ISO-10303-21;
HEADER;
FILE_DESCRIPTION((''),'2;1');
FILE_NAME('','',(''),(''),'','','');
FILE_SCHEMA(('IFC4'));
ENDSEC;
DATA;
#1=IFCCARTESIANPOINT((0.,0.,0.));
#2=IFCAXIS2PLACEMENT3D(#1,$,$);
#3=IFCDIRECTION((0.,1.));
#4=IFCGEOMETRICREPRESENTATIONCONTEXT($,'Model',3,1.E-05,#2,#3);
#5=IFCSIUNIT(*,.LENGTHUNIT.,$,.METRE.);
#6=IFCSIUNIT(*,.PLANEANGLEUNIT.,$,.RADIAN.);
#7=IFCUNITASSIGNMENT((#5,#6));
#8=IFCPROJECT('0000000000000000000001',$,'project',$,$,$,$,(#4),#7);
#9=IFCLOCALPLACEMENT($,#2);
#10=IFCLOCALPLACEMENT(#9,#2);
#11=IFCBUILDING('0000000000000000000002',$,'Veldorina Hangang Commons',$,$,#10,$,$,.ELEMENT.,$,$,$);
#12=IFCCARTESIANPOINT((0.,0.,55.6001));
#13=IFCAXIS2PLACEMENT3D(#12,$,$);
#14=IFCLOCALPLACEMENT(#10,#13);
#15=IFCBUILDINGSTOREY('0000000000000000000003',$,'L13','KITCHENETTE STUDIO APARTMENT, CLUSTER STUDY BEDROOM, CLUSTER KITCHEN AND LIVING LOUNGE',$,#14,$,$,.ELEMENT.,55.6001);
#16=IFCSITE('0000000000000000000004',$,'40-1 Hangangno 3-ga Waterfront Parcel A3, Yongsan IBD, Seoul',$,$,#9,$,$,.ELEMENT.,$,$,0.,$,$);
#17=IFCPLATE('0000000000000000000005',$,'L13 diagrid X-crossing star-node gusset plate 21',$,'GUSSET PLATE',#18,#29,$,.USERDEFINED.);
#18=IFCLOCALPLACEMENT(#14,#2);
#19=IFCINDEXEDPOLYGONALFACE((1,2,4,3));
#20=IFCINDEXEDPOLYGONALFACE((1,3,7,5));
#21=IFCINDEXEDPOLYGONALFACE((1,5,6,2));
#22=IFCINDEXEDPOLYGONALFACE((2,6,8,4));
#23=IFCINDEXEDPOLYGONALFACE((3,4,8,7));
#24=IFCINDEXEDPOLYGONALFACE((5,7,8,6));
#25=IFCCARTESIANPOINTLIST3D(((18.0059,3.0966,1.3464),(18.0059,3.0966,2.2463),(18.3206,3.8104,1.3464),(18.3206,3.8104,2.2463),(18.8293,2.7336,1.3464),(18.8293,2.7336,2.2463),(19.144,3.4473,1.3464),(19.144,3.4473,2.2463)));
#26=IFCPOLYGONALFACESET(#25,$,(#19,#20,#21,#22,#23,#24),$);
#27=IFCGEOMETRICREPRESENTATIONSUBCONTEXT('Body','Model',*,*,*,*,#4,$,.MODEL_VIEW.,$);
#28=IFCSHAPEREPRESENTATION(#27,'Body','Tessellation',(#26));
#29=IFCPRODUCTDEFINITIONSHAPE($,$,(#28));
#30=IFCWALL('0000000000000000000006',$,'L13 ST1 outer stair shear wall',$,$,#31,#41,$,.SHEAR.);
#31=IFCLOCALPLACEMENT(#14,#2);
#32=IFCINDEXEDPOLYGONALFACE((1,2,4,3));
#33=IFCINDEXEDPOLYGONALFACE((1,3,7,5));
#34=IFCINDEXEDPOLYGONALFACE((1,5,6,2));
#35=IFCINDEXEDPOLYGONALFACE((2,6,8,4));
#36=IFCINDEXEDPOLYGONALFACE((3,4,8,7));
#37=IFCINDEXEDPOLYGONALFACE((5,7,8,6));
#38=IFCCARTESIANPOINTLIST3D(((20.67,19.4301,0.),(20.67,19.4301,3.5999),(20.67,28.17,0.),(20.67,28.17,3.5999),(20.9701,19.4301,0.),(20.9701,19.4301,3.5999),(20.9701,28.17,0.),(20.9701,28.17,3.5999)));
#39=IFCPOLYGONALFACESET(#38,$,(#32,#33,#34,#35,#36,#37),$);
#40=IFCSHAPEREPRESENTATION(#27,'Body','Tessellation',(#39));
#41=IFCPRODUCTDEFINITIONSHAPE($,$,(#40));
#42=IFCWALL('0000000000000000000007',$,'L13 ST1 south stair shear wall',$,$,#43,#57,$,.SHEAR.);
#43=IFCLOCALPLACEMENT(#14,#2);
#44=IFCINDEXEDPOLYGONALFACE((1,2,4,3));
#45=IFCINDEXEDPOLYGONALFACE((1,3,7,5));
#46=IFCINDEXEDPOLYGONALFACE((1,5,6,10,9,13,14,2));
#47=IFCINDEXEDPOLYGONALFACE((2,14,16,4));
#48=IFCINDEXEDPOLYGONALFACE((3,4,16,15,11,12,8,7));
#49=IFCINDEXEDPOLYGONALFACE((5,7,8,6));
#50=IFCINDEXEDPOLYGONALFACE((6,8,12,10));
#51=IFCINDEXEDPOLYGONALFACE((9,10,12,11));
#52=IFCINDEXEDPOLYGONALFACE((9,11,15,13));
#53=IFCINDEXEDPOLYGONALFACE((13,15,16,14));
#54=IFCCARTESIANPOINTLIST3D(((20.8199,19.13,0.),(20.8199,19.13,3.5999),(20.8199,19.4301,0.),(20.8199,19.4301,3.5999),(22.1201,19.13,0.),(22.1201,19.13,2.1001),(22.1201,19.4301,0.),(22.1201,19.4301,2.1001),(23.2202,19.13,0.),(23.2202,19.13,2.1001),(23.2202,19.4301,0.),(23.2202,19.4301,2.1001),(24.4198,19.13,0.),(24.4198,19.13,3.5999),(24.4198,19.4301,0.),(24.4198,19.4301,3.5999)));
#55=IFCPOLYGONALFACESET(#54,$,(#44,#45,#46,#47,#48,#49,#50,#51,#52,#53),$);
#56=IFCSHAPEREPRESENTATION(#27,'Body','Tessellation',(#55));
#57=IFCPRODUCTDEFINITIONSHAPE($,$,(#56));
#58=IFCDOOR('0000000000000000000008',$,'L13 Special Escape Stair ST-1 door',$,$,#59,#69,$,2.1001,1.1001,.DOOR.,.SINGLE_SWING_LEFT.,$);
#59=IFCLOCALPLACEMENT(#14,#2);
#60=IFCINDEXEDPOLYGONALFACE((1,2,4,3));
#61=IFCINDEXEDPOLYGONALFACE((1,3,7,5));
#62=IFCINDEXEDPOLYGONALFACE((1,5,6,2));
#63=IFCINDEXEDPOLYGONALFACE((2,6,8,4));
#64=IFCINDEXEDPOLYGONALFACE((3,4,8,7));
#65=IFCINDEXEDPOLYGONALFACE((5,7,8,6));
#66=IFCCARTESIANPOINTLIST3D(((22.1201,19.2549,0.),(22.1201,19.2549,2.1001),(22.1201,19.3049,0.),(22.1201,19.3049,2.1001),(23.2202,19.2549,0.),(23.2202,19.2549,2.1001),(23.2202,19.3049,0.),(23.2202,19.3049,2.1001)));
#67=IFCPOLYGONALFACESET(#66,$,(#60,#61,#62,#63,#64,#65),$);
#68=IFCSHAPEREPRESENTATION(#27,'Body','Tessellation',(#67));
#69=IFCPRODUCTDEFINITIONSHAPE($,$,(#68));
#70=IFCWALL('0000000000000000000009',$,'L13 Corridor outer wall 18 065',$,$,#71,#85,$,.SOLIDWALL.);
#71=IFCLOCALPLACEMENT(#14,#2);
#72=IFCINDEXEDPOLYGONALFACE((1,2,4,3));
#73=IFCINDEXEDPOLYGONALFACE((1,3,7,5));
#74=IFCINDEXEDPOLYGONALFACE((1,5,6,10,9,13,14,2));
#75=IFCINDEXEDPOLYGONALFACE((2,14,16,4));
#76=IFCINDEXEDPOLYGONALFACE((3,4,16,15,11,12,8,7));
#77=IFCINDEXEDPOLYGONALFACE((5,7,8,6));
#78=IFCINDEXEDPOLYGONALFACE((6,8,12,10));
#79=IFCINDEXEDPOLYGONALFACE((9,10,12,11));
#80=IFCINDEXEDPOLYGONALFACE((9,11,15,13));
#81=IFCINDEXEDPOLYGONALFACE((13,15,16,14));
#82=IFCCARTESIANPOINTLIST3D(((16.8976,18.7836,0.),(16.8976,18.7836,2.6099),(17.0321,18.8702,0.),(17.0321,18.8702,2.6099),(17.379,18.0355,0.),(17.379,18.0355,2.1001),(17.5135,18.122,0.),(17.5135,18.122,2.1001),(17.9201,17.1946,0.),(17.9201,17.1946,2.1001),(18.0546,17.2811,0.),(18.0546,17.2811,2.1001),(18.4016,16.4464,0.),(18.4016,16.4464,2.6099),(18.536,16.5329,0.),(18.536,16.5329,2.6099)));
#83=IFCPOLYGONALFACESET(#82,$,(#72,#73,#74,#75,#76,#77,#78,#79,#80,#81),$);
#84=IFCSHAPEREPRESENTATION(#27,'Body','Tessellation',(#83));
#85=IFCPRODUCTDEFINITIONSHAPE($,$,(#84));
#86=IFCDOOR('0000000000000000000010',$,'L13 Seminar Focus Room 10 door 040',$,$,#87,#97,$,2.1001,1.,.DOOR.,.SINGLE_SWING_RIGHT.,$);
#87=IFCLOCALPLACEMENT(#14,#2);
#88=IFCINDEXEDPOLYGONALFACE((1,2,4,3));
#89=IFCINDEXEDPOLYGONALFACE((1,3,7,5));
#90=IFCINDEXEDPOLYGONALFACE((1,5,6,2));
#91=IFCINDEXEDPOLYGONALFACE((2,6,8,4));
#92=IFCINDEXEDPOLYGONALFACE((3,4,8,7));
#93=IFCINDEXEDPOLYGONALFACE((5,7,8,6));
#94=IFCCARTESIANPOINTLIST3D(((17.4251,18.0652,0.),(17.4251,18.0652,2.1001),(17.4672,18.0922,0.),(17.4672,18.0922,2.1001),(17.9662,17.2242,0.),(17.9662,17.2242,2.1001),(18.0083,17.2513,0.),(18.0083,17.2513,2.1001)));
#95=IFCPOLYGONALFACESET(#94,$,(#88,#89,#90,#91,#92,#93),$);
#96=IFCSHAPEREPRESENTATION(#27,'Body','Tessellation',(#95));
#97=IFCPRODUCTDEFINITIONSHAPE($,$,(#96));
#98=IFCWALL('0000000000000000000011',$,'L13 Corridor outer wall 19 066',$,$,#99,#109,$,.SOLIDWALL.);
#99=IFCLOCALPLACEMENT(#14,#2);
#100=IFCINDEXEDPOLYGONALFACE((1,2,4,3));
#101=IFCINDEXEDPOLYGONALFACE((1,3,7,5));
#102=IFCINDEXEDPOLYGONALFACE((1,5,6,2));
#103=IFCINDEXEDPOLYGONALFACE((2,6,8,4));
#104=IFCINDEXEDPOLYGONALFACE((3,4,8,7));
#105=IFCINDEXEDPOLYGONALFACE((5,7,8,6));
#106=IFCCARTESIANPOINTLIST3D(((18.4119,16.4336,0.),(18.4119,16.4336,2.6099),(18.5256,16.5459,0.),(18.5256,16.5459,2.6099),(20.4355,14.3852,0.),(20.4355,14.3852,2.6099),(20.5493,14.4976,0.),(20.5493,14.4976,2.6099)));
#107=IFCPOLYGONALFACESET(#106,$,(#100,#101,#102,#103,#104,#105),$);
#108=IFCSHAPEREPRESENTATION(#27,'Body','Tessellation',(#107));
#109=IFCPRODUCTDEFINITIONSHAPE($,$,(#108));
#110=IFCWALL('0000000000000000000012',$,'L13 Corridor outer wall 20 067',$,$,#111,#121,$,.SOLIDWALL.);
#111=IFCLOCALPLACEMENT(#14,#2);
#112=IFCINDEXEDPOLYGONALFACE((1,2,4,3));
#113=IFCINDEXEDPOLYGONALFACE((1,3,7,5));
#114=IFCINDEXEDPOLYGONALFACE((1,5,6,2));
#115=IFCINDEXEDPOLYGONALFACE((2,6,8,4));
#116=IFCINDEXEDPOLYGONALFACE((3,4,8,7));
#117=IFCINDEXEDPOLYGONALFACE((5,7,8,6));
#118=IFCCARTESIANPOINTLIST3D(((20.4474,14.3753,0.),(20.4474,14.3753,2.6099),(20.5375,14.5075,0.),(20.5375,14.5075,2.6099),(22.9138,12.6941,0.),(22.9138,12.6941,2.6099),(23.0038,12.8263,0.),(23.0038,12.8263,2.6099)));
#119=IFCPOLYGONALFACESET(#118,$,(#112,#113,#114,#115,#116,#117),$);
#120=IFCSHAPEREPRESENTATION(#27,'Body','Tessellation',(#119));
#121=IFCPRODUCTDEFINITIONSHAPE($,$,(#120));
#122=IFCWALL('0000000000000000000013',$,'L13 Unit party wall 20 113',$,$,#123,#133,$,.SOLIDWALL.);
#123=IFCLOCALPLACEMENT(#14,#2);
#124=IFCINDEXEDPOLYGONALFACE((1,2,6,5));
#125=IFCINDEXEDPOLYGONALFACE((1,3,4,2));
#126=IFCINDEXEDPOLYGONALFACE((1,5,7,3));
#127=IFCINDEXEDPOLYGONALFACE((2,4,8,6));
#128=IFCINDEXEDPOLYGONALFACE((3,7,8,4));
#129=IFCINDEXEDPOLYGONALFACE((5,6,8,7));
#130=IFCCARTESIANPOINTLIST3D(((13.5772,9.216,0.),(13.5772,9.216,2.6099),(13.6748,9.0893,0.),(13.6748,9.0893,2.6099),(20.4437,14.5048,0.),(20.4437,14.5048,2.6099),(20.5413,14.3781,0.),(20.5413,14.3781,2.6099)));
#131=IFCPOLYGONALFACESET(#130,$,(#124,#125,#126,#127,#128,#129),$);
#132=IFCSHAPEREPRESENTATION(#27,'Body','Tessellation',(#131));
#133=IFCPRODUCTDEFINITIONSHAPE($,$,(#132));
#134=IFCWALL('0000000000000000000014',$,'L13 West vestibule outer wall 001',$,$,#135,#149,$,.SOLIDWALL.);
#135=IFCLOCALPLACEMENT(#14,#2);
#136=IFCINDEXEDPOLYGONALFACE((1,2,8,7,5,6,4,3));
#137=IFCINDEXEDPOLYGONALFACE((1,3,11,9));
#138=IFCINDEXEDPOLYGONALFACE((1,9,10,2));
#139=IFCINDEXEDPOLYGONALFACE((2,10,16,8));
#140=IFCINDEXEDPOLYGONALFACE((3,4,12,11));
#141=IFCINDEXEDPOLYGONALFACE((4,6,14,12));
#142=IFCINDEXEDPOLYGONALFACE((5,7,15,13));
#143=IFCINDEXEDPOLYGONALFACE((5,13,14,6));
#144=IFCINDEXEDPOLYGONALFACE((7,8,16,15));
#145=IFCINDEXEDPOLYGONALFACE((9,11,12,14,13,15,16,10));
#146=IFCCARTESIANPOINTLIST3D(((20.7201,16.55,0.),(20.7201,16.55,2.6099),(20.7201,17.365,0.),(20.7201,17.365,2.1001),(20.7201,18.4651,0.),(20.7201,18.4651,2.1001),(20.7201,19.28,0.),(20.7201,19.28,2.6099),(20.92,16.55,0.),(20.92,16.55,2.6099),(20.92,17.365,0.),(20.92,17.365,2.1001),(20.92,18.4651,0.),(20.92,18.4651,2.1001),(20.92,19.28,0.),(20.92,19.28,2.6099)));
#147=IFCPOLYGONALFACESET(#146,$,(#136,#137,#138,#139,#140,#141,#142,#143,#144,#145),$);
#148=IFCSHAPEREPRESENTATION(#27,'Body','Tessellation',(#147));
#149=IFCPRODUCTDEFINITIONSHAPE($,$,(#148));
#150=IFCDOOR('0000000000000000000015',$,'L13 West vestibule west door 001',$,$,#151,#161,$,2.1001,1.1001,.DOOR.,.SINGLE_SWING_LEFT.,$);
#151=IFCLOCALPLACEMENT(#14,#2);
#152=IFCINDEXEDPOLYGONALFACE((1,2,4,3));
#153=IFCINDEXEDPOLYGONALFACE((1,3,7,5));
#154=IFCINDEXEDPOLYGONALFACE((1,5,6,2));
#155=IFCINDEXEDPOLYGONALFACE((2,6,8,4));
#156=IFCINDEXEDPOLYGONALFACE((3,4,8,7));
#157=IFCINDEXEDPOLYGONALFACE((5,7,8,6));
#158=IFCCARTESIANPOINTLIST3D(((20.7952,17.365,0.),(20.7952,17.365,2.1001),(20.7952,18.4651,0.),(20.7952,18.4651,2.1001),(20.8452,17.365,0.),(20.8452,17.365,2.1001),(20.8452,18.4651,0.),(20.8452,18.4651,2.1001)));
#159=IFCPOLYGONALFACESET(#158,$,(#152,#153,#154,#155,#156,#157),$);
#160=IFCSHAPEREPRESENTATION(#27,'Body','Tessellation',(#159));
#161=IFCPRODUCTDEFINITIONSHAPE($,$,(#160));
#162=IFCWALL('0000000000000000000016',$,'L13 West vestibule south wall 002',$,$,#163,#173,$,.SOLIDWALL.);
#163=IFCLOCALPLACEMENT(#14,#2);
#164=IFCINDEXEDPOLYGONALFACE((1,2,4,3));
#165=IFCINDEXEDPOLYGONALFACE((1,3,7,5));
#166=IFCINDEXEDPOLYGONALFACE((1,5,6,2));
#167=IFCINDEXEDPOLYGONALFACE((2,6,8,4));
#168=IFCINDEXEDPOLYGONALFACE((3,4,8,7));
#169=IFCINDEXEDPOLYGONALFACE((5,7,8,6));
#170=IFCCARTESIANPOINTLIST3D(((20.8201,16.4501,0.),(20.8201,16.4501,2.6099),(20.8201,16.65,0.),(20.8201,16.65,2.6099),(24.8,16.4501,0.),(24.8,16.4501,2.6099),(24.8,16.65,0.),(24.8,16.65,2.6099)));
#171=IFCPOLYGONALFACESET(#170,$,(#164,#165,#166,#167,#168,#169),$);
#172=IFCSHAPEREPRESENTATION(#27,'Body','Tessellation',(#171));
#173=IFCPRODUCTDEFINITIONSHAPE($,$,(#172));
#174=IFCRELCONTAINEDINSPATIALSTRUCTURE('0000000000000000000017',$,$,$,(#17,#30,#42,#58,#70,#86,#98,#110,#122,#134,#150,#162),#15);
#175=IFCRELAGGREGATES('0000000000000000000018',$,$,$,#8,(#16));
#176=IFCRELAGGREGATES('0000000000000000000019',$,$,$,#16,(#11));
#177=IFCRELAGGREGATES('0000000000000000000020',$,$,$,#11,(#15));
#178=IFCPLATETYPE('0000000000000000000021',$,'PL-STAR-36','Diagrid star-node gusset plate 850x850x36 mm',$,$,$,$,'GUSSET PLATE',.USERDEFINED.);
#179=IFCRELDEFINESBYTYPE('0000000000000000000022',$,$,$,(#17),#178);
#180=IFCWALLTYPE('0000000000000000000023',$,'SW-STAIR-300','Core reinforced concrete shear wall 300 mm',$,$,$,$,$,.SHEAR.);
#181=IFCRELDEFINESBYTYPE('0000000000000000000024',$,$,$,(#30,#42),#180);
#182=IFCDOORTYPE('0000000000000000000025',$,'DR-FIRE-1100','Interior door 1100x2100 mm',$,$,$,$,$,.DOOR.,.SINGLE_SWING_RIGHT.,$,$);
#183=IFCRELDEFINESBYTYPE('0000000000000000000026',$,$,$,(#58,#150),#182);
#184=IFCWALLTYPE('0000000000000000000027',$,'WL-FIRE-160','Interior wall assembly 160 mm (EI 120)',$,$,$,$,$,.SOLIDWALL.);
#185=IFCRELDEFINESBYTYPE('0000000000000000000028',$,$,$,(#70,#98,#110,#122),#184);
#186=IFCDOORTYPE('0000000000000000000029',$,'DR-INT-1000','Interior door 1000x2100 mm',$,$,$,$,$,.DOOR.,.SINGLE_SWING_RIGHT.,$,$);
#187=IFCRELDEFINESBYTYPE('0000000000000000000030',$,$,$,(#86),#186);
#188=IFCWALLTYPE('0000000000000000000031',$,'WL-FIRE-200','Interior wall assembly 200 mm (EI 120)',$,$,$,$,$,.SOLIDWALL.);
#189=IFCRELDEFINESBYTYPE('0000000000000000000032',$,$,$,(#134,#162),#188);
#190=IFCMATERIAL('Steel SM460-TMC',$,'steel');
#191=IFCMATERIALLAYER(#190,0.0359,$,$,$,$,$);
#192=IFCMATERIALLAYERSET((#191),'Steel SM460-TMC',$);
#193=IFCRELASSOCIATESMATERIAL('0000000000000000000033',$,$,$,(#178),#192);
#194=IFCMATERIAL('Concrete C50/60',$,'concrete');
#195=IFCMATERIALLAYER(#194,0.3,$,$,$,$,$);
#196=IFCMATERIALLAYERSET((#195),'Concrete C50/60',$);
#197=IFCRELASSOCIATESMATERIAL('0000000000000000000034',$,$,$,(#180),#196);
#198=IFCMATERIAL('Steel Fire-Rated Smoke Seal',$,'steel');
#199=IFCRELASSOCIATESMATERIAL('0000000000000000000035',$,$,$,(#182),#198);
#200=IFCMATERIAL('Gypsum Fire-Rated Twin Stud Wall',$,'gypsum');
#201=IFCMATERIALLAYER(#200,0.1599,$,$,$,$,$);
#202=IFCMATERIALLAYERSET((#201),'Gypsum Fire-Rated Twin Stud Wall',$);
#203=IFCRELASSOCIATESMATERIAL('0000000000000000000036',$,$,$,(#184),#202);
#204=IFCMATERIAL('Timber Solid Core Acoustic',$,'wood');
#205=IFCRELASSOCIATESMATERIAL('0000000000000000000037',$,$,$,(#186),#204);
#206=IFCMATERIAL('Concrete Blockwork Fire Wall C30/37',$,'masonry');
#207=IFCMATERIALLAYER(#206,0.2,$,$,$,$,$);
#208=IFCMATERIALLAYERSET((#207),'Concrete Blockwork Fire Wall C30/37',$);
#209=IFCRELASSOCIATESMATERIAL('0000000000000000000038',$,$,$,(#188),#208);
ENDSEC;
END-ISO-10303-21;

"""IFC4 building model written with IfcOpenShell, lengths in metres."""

from ifc_helpers import new_model, si_unit, direction, frame, frame_2d, origin, origin_2d, place, context, subcontext, project, spatial, rectangle, extrude, material, layer, layer_set, type_object, element, fill, save


model = new_model("IFC4")

# Units and contexts
model_context = context("Model", 3, precision=1e-05, world=origin(), true_north=direction((0.0, 1.0)))
body_context = subcontext(model_context, "Body", "Model", "MODEL_VIEW")
ifc_project = project(units=[si_unit("LENGTHUNIT", "METRE"), si_unit("PLANEANGLEUNIT", "RADIAN")], contexts=[model_context])

# Site, building, storey
site_placement = place(None, origin())
site = spatial("IfcSite", under=ifc_project, at=site_placement, Name="40-1 Hangangno 3-ga Waterfront Parcel A3, Yongsan IBD, Seoul", CompositionType="ELEMENT", RefElevation=0.0)
building_placement = place(site_placement, origin())
building = spatial("IfcBuilding", under=site, at=building_placement, Name="Veldorina Hangang Commons", CompositionType="ELEMENT")
storey_placement = place(building_placement, frame((0.0, 0.0, 55.6001)))
storey = spatial("IfcBuildingStorey", under=building, at=storey_placement, Name="L13", Description="KITCHENETTE STUDIO APARTMENT, CLUSTER STUDY BEDROOM, CLUSTER KITCHEN AND LIVING LOUNGE", CompositionType="ELEMENT", Elevation=55.6001)

# Shared definitions
ifc_material_1 = material(Name="Steel SM460-TMC", Category="steel")

# Plate
ifc_layer_1 = layer(ifc_material_1, 0.0359)
ifc_layer_set_1 = layer_set([ifc_layer_1], Name="Steel SM460-TMC")
plate_type_1 = type_object("IfcPlateType", Name="PL-STAR-36", Description="Diagrid star-node gusset plate 850x850x36 mm", ElementType="GUSSET PLATE", PredefinedType="USERDEFINED", material=ifc_layer_set_1)
plate_1_placement = place(storey_placement, frame((18.575, 3.272, 1.3464), z_axis=(0.0, 0.0, 1.0), x_axis=(0.915002, -0.403449, 0.0)))
element("IfcPlate", 1, at=plate_1_placement, inside=storey, type_object=plate_type_1, Name="L13 diagrid X-crossing star-node gusset plate 21", ObjectType="GUSSET PLATE", PredefinedType="USERDEFINED", context=body_context, shape_type="SweptSolid", body=[
    extrude(rectangle(XDim=0.8999, YDim=0.78, at=origin_2d()), origin(), (0.0, 0.0, 1.0), 0.8999),
])

# Wall
ifc_material_2 = material(Name="Concrete C50/60", Category="concrete")
ifc_layer_2 = layer(ifc_material_2, 0.3)
ifc_layer_set_2 = layer_set([ifc_layer_2], Name="Concrete C50/60")
wall_type_1 = type_object("IfcWallType", Name="SW-STAIR-300", Description="Core reinforced concrete shear wall 300 mm", PredefinedType="SHEAR", material=ifc_layer_set_2)
wall_1_placement = place(storey_placement, frame((20.8201, 19.4299, 0.0), z_axis=(0.0, 0.0, 1.0), x_axis=(0.0, 1.0, 0.0)))
element("IfcWall", 2, at=wall_1_placement, inside=storey, type_object=wall_type_1, Name="L13 ST1 outer stair shear wall", PredefinedType="SHEAR", context=body_context, shape_type="SweptSolid", body=[
    extrude(rectangle(XDim=8.74, YDim=0.3, at=frame_2d((4.3701, 0.0))), origin(), (0.0, 0.0, 1.0), 3.5999),
])

# Walls, openings, doors
wall_2_placement = place(storey_placement, frame((20.8201, 19.28, 0.0), z_axis=(0.0, 0.0, 1.0), x_axis=(1.0, 0.0, 0.0)))
wall_2 = element("IfcWall", 3, at=wall_2_placement, inside=storey, type_object=wall_type_1, Name="L13 ST1 south stair shear wall", PredefinedType="SHEAR", context=body_context, shape_type="SweptSolid", body=[
    extrude(rectangle(XDim=3.5999, YDim=0.3, at=frame_2d((1.7998, 0.0))), origin(), (0.0, 0.0, 1.0), 3.5999),
])
opening_1_placement = place(wall_2_placement, frame((1.3, 0.0, 0.0)))
opening_1 = element("IfcOpeningElement", 4, at=opening_1_placement, cuts=wall_2, PredefinedType="OPENING", context=body_context, shape_type="SweptSolid", body=[
    extrude(rectangle(XDim=1.1001, YDim=2.1001, at=frame_2d((0.55, 1.05))), frame((0.0, 0.1602, 0.0), z_axis=(0.0, -1.0, 0.0), x_axis=(1.0, 0.0, 0.0)), (0.0, 0.0, 1.0), 0.3201),
])
ifc_material_3 = material(Name="Steel Fire-Rated Smoke Seal", Category="steel")
door_type_1 = type_object("IfcDoorType", Name="DR-FIRE-1100", Description="Interior door 1100x2100 mm", OperationType="SINGLE_SWING_RIGHT", PredefinedType="DOOR", material=ifc_material_3)
door_1_placement = place(opening_1_placement, origin())
door_1 = element("IfcDoor", 5, at=door_1_placement, inside=storey, type_object=door_type_1, Name="L13 Special Escape Stair ST-1 door", OperationType="SINGLE_SWING_LEFT", OverallHeight=2.1001, OverallWidth=1.1001, PredefinedType="DOOR", context=body_context, shape_type="SweptSolid", body=[
    extrude(rectangle(XDim=1.1001, YDim=2.1001, at=frame_2d((0.55, 1.05))), frame((0.0, 0.0249, 0.0), z_axis=(0.0, -1.0, 0.0), x_axis=(1.0, 0.0, 0.0)), (0.0, 0.0, 1.0), 0.05),
])
fill(opening_1, door_1)
ifc_material_4 = material(Name="Gypsum Fire-Rated Twin Stud Wall", Category="gypsum")
ifc_layer_3 = layer(ifc_material_4, 0.1599)
ifc_layer_set_3 = layer_set([ifc_layer_3], Name="Gypsum Fire-Rated Twin Stud Wall")
wall_type_2 = type_object("IfcWallType", Name="WL-FIRE-160", Description="Interior wall assembly 160 mm (EI 120)", PredefinedType="SOLIDWALL", material=ifc_layer_set_3)
wall_3_placement = place(storey_placement, frame((16.9648, 18.8269, 0.0), z_axis=(0.0, 0.0, 1.0), x_axis=(0.541126, -0.840941, 0.0)))
wall_3 = element("IfcWall", 6, at=wall_3_placement, inside=storey, type_object=wall_type_2, Name="L13 Corridor outer wall 18 065", PredefinedType="SOLIDWALL", context=body_context, shape_type="SweptSolid", body=[
    extrude(rectangle(XDim=2.7793, YDim=0.1599, at=frame_2d((1.3896, 0.0))), origin(), (0.0, 0.0, 1.0), 2.6099),
])
opening_2_placement = place(wall_3_placement, frame((0.8896, 0.0, 0.0)))
opening_2 = element("IfcOpeningElement", 7, at=opening_2_placement, cuts=wall_3, PredefinedType="OPENING", context=body_context, shape_type="SweptSolid", body=[
    extrude(rectangle(XDim=1.0, YDim=2.1001, at=frame_2d((0.5, 1.05))), frame((0.0, 0.0898, 0.0), z_axis=(0.0, -1.0, 0.0), x_axis=(1.0, 0.0, 0.0)), (0.0, 0.0, 1.0), 0.1799),
])
ifc_material_5 = material(Name="Timber Solid Core Acoustic", Category="wood")
door_type_2 = type_object("IfcDoorType", Name="DR-INT-1000", Description="Interior door 1000x2100 mm", OperationType="SINGLE_SWING_RIGHT", PredefinedType="DOOR", material=ifc_material_5)
door_2_placement = place(opening_2_placement, origin())
door_2 = element("IfcDoor", 8, at=door_2_placement, inside=storey, type_object=door_type_2, Name="L13 Seminar Focus Room 10 door 040", OperationType="SINGLE_SWING_RIGHT", OverallHeight=2.1001, OverallWidth=1.0, PredefinedType="DOOR", context=body_context, shape_type="SweptSolid", body=[
    extrude(rectangle(XDim=1.0, YDim=2.1001, at=frame_2d((0.5, 1.05))), frame((0.0, 0.0249, 0.0), z_axis=(0.0, -1.0, 0.0), x_axis=(1.0, 0.0, 0.0)), (0.0, 0.0, 1.0), 0.05),
])
fill(opening_2, door_2)

# Walls
wall_4_placement = place(storey_placement, frame((18.4688, 16.4897, 0.0), z_axis=(0.0, 0.0, 1.0), x_axis=(0.702812, -0.711376, 0.0)))
element("IfcWall", 9, at=wall_4_placement, inside=storey, type_object=wall_type_2, Name="L13 Corridor outer wall 19 066", PredefinedType="SOLIDWALL", context=body_context, shape_type="SweptSolid", body=[
    extrude(rectangle(XDim=2.8794, YDim=0.1599, at=frame_2d((1.4397, 0.0))), origin(), (0.0, 0.0, 1.0), 2.6099),
])
wall_5_placement = place(storey_placement, frame((20.4924, 14.4414, 0.0), z_axis=(0.0, 0.0, 1.0), x_axis=(0.826293, -0.56324, 0.0)))
element("IfcWall", 10, at=wall_5_placement, inside=storey, type_object=wall_type_2, Name="L13 Corridor outer wall 20 067", PredefinedType="SOLIDWALL", context=body_context, shape_type="SweptSolid", body=[
    extrude(rectangle(XDim=2.9849, YDim=0.1599, at=frame_2d((1.4924, 0.0))), origin(), (0.0, 0.0, 1.0), 2.6099),
])
wall_6_placement = place(storey_placement, frame((20.4924, 14.4414, 0.0), z_axis=(0.0, 0.0, 1.0), x_axis=(-0.792237, -0.610213, 0.0)))
element("IfcWall", 11, at=wall_6_placement, inside=storey, type_object=wall_type_2, Name="L13 Unit party wall 20 113", PredefinedType="SOLIDWALL", context=body_context, shape_type="SweptSolid", body=[
    extrude(rectangle(XDim=8.6672, YDim=0.1599, at=frame_2d((4.3335, 0.0))), origin(), (0.0, 0.0, 1.0), 2.6099),
])

# Wall, opening, door
ifc_material_6 = material(Name="Concrete Blockwork Fire Wall C30/37", Category="masonry")
ifc_layer_4 = layer(ifc_material_6, 0.2)
ifc_layer_set_4 = layer_set([ifc_layer_4], Name="Concrete Blockwork Fire Wall C30/37")
wall_type_3 = type_object("IfcWallType", Name="WL-FIRE-200", Description="Interior wall assembly 200 mm (EI 120)", PredefinedType="SOLIDWALL", material=ifc_layer_set_4)
wall_7_placement = place(storey_placement, frame((20.8201, 16.55, 0.0), z_axis=(0.0, 0.0, 1.0), x_axis=(0.0, 1.0, 0.0)))
wall_7 = element("IfcWall", 12, at=wall_7_placement, inside=storey, type_object=wall_type_3, Name="L13 West vestibule outer wall 001", PredefinedType="SOLIDWALL", context=body_context, shape_type="SweptSolid", body=[
    extrude(rectangle(XDim=2.73, YDim=0.2, at=frame_2d((1.365, 0.0))), origin(), (0.0, 0.0, 1.0), 2.6099),
])
opening_3_placement = place(wall_7_placement, frame((0.8149, 0.0, 0.0)))
opening_3 = element("IfcOpeningElement", 13, at=opening_3_placement, cuts=wall_7, PredefinedType="OPENING", context=body_context, shape_type="SweptSolid", body=[
    extrude(rectangle(XDim=1.1001, YDim=2.1001, at=frame_2d((0.55, 1.05))), frame((0.0, 0.1099, 0.0), z_axis=(0.0, -1.0, 0.0), x_axis=(1.0, 0.0, 0.0)), (0.0, 0.0, 1.0), 0.22),
])
door_3_placement = place(opening_3_placement, origin())
door_3 = element("IfcDoor", 14, at=door_3_placement, inside=storey, type_object=door_type_1, Name="L13 West vestibule west door 001", OperationType="SINGLE_SWING_LEFT", OverallHeight=2.1001, OverallWidth=1.1001, PredefinedType="DOOR", context=body_context, shape_type="SweptSolid", body=[
    extrude(rectangle(XDim=1.1001, YDim=2.1001, at=frame_2d((0.55, 1.05))), frame((0.0, 0.0249, 0.0), z_axis=(0.0, -1.0, 0.0), x_axis=(1.0, 0.0, 0.0)), (0.0, 0.0, 1.0), 0.05),
])
fill(opening_3, door_3)

# Wall
wall_8_placement = place(storey_placement, frame((20.8201, 16.55, 0.0), z_axis=(0.0, 0.0, 1.0), x_axis=(1.0, 0.0, 0.0)))
element("IfcWall", 15, at=wall_8_placement, inside=storey, type_object=wall_type_3, Name="L13 West vestibule south wall 002", PredefinedType="SOLIDWALL", context=body_context, shape_type="SweptSolid", body=[
    extrude(rectangle(XDim=3.98, YDim=0.2, at=frame_2d((1.99, 0.0))), origin(), (0.0, 0.0, 1.0), 2.6099),
])

save(model, "model.ifc")
